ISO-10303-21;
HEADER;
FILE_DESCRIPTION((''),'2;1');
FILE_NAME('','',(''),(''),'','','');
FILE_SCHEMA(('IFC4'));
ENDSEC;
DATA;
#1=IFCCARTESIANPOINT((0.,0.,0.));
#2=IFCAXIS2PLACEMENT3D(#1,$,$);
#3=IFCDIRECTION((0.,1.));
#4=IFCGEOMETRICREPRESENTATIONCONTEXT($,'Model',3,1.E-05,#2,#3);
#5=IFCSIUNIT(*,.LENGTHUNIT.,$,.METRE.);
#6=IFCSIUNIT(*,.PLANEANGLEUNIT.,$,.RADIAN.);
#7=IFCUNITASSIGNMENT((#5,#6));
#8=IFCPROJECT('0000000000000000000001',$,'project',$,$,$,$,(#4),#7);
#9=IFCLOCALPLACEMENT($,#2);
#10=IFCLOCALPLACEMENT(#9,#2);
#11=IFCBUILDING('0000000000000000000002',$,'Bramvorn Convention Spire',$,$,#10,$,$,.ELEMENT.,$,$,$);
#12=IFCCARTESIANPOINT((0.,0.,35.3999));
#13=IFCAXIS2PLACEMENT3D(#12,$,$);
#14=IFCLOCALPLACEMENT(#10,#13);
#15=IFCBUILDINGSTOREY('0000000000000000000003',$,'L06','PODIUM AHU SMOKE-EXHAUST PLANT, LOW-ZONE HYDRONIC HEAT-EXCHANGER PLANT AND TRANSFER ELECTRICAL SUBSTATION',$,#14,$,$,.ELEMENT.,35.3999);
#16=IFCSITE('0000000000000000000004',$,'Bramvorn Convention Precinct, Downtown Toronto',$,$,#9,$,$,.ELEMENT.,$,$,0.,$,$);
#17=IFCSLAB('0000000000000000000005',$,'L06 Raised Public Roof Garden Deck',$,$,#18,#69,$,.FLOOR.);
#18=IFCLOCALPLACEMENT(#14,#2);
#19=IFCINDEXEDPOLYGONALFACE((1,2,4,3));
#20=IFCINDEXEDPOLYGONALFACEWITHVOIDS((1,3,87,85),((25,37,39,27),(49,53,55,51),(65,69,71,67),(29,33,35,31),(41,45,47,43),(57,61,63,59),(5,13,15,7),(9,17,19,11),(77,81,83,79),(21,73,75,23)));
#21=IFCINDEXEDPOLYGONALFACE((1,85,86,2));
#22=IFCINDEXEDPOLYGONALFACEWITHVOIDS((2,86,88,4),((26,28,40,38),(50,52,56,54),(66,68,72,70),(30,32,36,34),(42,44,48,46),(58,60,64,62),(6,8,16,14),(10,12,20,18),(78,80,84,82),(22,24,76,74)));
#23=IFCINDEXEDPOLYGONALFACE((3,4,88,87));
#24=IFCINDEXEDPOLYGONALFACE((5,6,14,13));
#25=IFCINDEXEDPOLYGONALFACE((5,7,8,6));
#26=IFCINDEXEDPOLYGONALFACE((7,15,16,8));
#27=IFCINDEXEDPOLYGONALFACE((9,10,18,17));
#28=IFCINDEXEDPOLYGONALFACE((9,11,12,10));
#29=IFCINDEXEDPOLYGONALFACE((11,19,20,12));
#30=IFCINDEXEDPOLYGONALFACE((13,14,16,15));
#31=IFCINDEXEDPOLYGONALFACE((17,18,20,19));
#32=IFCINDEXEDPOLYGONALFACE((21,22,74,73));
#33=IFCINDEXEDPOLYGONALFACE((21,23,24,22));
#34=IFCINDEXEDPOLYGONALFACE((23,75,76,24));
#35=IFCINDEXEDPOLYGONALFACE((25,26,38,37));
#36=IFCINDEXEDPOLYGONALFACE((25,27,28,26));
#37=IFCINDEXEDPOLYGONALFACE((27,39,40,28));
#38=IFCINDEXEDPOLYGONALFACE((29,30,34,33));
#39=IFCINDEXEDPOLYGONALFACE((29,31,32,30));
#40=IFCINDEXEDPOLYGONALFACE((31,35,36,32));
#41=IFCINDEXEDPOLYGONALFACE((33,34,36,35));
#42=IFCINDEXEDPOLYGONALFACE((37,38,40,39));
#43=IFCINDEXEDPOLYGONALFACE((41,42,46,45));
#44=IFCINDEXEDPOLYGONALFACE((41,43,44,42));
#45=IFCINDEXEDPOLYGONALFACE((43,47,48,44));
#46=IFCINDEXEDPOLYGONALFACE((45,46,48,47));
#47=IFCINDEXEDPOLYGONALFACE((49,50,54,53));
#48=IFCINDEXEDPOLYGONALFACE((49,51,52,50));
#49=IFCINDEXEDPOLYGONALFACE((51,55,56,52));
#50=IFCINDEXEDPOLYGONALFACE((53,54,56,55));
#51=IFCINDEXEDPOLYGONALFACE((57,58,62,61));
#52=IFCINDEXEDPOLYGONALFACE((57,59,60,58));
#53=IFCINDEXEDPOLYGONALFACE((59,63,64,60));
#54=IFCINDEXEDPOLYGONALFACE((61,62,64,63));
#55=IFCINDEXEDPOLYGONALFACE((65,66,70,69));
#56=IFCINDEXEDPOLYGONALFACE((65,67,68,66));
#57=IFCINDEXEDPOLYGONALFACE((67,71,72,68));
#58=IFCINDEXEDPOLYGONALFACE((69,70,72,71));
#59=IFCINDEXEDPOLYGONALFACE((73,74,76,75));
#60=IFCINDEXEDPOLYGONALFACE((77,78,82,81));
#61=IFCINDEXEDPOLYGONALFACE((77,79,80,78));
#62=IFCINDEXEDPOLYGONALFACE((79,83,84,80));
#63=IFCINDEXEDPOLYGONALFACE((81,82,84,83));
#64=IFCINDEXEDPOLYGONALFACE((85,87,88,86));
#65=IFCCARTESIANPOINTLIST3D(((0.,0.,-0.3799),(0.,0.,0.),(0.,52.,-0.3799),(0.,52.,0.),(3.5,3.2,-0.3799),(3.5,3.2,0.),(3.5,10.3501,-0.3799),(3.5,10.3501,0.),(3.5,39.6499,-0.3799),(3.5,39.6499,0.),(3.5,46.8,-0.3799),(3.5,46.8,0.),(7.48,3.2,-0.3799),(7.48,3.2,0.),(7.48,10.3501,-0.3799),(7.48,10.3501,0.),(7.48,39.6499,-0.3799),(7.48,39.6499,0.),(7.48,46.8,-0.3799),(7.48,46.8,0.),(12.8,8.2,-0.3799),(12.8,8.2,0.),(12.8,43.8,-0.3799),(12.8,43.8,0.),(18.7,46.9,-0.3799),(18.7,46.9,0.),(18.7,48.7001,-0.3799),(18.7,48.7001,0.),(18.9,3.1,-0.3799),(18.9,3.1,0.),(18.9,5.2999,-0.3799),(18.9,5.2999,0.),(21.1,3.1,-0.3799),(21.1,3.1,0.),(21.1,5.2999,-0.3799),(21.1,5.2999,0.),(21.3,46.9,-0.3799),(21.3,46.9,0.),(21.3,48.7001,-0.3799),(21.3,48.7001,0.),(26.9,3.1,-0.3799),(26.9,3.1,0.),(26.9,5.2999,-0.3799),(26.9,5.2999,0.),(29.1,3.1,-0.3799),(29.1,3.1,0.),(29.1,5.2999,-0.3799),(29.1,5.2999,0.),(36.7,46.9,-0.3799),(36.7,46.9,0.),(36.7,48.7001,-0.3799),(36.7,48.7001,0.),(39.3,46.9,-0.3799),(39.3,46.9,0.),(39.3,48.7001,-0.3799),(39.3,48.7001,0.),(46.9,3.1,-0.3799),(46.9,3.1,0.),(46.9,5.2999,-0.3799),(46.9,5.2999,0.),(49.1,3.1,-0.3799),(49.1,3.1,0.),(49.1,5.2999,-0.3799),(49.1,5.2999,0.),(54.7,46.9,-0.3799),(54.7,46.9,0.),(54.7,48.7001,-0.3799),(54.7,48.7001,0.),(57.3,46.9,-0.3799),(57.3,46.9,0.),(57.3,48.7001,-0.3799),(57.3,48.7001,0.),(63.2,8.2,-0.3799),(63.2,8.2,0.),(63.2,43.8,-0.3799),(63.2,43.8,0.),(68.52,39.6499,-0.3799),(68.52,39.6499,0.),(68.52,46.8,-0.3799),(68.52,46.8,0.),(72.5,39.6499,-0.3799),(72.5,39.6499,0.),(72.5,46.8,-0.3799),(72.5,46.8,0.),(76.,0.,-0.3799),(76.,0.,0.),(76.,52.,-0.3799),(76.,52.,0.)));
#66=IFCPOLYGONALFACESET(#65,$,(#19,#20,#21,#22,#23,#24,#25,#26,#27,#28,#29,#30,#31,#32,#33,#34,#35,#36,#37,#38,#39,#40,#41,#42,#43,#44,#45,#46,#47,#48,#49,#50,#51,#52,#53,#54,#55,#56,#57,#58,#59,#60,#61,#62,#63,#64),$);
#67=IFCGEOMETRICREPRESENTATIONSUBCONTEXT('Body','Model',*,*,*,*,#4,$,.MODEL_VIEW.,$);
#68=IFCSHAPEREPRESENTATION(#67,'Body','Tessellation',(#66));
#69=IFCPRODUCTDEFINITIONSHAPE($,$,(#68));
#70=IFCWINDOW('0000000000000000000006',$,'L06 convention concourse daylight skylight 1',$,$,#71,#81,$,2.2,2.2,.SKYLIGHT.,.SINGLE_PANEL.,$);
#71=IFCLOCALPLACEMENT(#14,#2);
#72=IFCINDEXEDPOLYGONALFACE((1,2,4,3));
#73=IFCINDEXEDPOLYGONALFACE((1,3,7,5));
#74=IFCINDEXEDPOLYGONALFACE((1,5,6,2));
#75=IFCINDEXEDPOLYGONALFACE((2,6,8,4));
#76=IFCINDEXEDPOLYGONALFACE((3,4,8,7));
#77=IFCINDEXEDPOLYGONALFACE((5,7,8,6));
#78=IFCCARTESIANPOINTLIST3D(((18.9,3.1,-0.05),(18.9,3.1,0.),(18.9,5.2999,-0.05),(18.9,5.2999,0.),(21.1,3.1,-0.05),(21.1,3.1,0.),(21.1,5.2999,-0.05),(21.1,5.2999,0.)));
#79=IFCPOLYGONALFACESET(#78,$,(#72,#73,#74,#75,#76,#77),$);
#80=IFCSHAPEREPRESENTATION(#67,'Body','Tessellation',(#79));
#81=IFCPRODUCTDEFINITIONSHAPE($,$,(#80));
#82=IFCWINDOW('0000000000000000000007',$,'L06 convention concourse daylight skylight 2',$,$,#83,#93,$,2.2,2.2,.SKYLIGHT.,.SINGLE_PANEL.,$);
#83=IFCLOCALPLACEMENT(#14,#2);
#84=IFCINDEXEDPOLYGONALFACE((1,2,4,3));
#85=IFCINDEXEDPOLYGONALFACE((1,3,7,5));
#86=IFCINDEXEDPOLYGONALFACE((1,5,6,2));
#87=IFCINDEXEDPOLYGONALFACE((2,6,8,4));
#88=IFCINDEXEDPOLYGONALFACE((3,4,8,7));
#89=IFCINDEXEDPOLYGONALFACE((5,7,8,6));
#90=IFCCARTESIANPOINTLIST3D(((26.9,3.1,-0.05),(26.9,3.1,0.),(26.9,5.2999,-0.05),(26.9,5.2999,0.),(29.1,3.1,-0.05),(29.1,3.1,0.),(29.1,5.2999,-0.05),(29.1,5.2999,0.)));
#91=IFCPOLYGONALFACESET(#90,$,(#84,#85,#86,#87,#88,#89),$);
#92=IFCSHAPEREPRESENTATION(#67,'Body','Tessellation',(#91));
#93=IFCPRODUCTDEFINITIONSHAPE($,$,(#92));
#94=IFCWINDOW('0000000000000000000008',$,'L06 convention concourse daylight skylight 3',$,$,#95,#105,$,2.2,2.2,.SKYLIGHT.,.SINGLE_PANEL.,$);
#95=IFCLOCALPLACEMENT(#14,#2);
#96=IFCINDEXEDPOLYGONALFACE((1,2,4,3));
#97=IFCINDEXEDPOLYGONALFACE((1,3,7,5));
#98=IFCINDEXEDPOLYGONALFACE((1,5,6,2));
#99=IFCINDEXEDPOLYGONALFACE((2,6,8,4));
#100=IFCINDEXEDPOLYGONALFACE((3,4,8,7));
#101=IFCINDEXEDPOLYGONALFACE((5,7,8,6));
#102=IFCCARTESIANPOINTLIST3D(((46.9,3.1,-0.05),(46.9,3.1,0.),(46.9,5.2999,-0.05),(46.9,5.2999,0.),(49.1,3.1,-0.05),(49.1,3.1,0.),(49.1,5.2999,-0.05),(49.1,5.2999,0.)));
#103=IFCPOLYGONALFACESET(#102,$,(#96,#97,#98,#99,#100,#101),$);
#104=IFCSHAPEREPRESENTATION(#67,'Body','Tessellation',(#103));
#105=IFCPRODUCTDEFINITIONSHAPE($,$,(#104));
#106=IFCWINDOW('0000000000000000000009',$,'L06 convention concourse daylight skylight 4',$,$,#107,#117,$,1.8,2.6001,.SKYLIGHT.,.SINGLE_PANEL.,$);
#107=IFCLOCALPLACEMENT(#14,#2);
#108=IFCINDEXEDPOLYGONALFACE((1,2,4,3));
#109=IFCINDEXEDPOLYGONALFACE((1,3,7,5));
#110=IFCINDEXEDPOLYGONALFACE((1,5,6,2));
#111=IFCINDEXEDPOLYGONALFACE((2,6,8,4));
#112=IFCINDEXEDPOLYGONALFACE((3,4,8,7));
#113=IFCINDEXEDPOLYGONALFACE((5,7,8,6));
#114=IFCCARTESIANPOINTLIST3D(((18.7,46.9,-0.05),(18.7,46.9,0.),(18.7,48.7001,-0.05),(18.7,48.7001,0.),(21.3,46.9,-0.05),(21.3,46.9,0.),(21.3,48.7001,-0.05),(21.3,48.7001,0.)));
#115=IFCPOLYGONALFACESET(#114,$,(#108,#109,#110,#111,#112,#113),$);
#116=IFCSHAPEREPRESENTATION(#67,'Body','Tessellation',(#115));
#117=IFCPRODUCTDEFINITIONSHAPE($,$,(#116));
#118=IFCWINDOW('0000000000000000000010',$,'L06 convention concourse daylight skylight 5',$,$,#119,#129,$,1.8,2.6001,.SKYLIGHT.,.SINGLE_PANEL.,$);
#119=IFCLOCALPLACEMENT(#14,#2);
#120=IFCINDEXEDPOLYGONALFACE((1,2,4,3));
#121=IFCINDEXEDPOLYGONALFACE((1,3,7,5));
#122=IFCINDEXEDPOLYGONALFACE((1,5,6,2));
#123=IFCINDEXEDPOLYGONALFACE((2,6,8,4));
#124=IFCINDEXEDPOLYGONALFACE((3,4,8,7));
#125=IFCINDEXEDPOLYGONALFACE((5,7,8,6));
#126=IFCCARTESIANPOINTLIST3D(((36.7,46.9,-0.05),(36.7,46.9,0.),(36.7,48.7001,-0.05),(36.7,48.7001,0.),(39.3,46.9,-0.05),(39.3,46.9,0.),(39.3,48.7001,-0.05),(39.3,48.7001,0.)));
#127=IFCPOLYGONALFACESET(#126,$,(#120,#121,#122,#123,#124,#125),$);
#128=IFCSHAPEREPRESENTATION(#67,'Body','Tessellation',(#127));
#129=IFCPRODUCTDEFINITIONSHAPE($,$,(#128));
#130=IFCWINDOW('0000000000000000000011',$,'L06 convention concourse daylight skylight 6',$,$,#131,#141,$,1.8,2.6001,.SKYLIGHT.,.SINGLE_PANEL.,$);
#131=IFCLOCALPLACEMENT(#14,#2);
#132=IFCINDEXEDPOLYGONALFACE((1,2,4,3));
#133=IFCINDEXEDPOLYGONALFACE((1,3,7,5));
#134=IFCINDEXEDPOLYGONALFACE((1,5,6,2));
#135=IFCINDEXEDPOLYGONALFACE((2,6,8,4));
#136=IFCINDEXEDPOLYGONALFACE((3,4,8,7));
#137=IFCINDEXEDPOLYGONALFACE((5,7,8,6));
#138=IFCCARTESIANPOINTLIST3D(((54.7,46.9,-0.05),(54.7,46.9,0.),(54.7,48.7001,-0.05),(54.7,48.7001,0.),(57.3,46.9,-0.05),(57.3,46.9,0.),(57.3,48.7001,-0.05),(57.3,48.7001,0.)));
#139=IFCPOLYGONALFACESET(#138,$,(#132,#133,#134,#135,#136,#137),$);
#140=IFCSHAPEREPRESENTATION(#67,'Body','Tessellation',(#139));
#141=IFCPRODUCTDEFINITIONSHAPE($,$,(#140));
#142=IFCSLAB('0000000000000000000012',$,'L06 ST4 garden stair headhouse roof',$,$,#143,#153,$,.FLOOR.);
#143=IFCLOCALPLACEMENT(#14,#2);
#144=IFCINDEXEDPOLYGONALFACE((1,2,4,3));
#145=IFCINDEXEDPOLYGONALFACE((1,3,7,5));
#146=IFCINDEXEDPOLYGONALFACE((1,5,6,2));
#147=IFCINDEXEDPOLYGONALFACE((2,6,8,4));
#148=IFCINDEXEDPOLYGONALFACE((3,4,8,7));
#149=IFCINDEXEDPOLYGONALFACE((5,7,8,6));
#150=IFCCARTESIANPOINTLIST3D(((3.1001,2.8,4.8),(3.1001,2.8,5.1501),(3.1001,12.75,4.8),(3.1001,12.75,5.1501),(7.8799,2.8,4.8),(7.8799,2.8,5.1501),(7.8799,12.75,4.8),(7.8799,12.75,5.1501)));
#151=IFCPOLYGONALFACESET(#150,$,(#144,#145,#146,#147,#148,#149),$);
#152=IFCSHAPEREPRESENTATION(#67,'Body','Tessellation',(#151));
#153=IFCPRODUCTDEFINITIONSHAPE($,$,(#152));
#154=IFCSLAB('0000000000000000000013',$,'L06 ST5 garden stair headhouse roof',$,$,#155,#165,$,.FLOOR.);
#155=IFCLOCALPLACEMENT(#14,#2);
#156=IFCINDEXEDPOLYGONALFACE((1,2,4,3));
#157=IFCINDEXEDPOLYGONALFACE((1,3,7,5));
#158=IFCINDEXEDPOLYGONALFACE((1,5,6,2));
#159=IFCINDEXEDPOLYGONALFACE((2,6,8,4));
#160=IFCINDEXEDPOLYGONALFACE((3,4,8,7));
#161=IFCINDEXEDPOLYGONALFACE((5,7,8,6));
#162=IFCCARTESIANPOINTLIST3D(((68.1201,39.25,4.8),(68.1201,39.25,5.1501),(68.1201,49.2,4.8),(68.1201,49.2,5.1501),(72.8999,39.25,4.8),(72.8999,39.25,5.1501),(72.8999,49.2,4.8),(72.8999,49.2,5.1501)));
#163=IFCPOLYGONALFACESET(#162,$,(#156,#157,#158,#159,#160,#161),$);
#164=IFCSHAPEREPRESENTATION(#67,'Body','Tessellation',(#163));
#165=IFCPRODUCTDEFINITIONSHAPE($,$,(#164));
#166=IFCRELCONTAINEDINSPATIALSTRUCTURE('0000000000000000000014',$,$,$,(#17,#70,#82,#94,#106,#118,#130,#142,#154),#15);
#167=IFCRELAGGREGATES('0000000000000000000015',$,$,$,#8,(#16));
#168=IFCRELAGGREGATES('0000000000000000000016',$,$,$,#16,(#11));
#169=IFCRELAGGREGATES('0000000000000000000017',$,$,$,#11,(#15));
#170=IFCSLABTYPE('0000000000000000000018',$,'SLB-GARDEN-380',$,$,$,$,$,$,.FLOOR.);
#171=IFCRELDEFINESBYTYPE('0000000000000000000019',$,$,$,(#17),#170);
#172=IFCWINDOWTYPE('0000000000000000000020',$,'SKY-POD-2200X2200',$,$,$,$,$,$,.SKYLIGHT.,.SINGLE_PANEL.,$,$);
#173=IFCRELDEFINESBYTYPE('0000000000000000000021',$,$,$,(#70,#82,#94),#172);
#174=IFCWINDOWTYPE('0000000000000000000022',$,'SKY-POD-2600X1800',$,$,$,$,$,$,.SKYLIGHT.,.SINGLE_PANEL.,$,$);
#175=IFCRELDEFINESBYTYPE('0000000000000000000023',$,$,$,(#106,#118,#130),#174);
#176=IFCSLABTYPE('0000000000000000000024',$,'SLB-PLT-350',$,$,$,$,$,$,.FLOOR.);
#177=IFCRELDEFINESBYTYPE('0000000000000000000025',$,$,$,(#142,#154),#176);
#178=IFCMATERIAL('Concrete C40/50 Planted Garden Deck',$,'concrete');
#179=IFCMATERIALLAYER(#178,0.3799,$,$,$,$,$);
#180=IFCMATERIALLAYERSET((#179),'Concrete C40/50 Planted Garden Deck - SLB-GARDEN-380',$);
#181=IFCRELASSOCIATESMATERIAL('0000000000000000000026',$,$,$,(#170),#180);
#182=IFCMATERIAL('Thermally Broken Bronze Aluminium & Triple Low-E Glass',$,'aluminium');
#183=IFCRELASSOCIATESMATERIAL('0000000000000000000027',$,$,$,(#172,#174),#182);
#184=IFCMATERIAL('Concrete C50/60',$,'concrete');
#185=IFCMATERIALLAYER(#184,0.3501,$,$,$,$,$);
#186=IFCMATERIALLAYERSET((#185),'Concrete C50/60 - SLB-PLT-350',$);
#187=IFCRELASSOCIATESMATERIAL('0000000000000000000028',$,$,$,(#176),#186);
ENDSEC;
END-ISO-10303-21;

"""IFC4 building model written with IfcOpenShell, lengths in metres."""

from ifc_helpers import new_model, si_unit, direction, frame, origin, origin_2d, place, context, subcontext, project, spatial, polyline, rectangle, outline, extrude, material, layer, layer_set, type_object, element, fill, save


model = new_model("IFC4")

# Units and contexts
model_context = context("Model", 3, precision=1e-05, world=origin(), true_north=direction((0.0, 1.0)))
body_context = subcontext(model_context, "Body", "Model", "MODEL_VIEW")
ifc_project = project(units=[si_unit("LENGTHUNIT", "METRE"), si_unit("PLANEANGLEUNIT", "RADIAN")], contexts=[model_context])

# Site, building, storey
site_placement = place(None, origin())
site = spatial("IfcSite", under=ifc_project, at=site_placement, Name="Bramvorn Convention Precinct, Downtown Toronto", CompositionType="ELEMENT", RefElevation=0.0)
building_placement = place(site_placement, origin())
building = spatial("IfcBuilding", under=site, at=building_placement, Name="Bramvorn Convention Spire", CompositionType="ELEMENT")
storey_placement = place(building_placement, frame((0.0, 0.0, 35.3999)))
storey = spatial("IfcBuildingStorey", under=building, at=storey_placement, Name="L06", Description="PODIUM AHU SMOKE-EXHAUST PLANT, LOW-ZONE HYDRONIC HEAT-EXCHANGER PLANT AND TRANSFER ELECTRICAL SUBSTATION", CompositionType="ELEMENT", Elevation=35.3999)

# Slab, openings, windows
ifc_material_1 = material(Name="Concrete C40/50 Planted Garden Deck", Category="concrete")
ifc_layer_1 = layer(ifc_material_1, 0.3799)
ifc_layer_set_1 = layer_set([ifc_layer_1], Name="Concrete C40/50 Planted Garden Deck - SLB-GARDEN-380")
slab_type_1 = type_object("IfcSlabType", Name="SLB-GARDEN-380", PredefinedType="FLOOR", material=ifc_layer_set_1)
slab_1_placement = place(storey_placement, frame((0.0, 0.0, -0.3799)))
slab_1 = element("IfcSlab", 1, at=slab_1_placement, inside=storey, type_object=slab_type_1, Name="L06 Raised Public Roof Garden Deck", PredefinedType="FLOOR", context=body_context, shape_type="SweptSolid", body=[
    extrude(outline(polyline([(0.0, 0.0), (76.0, 0.0), (76.0, 52.0), (0.0, 52.0), (0.0, 0.0)]), holes=[polyline([(12.8, 8.2), (63.2, 8.2), (63.2, 43.8), (12.8, 43.8), (12.8, 8.2)]), polyline([(3.5, 10.3501), (3.5, 3.2), (7.48, 3.2), (7.48, 10.3501), (3.5, 10.3501)]), polyline([(68.52, 46.8), (68.52, 39.6499), (72.5, 39.6499), (72.5, 46.8), (68.52, 46.8)]), polyline([(3.5, 46.8), (3.5, 39.6499), (7.48, 39.6499), (7.48, 46.8), (3.5, 46.8)])]), origin(), (0.0, 0.0, 1.0), 0.3799),
])
opening_1_placement = place(slab_1_placement, frame((20.0, 4.2, 0.0)))
opening_1 = element("IfcOpeningElement", 2, at=opening_1_placement, cuts=slab_1, PredefinedType="OPENING", context=body_context, shape_type="SweptSolid", body=[
    extrude(rectangle(XDim=2.2, YDim=2.2, at=origin_2d()), frame((0.0, 0.0, -0.01)), (0.0, 0.0, 1.0), 0.3999),
])
opening_2_placement = place(slab_1_placement, frame((28.0, 4.2, 0.0)))
opening_2 = element("IfcOpeningElement", 3, at=opening_2_placement, cuts=slab_1, PredefinedType="OPENING", context=body_context, shape_type="SweptSolid", body=[
    extrude(rectangle(XDim=2.2, YDim=2.2, at=origin_2d()), frame((0.0, 0.0, -0.01)), (0.0, 0.0, 1.0), 0.3999),
])
opening_3_placement = place(slab_1_placement, frame((48.0, 4.2, 0.0)))
opening_3 = element("IfcOpeningElement", 4, at=opening_3_placement, cuts=slab_1, PredefinedType="OPENING", context=body_context, shape_type="SweptSolid", body=[
    extrude(rectangle(XDim=2.2, YDim=2.2, at=origin_2d()), frame((0.0, 0.0, -0.01)), (0.0, 0.0, 1.0), 0.3999),
])
opening_4_placement = place(slab_1_placement, frame((20.0, 47.8, 0.0)))
opening_4 = element("IfcOpeningElement", 5, at=opening_4_placement, cuts=slab_1, PredefinedType="OPENING", context=body_context, shape_type="SweptSolid", body=[
    extrude(rectangle(XDim=2.6001, YDim=1.8, at=origin_2d()), frame((0.0, 0.0, -0.01)), (0.0, 0.0, 1.0), 0.3999),
])
opening_5_placement = place(slab_1_placement, frame((38.0, 47.8, 0.0)))
opening_5 = element("IfcOpeningElement", 6, at=opening_5_placement, cuts=slab_1, PredefinedType="OPENING", context=body_context, shape_type="SweptSolid", body=[
    extrude(rectangle(XDim=2.6001, YDim=1.8, at=origin_2d()), frame((0.0, 0.0, -0.01)), (0.0, 0.0, 1.0), 0.3999),
])
opening_6_placement = place(slab_1_placement, frame((56.0, 47.8, 0.0)))
opening_6 = element("IfcOpeningElement", 7, at=opening_6_placement, cuts=slab_1, PredefinedType="OPENING", context=body_context, shape_type="SweptSolid", body=[
    extrude(rectangle(XDim=2.6001, YDim=1.8, at=origin_2d()), frame((0.0, 0.0, -0.01)), (0.0, 0.0, 1.0), 0.3999),
])
ifc_material_2 = material(Name="Thermally Broken Bronze Aluminium & Triple Low-E Glass", Category="aluminium")
window_type_1 = type_object("IfcWindowType", Name="SKY-POD-2200X2200", PartitioningType="SINGLE_PANEL", PredefinedType="SKYLIGHT", material=ifc_material_2)
window_1_placement = place(opening_1_placement, frame((0.0, 0.0, 0.3298)))
window_1 = element("IfcWindow", 8, at=window_1_placement, inside=storey, type_object=window_type_1, Name="L06 convention concourse daylight skylight 1", OverallHeight=2.2, OverallWidth=2.2, PartitioningType="SINGLE_PANEL", PredefinedType="SKYLIGHT", context=body_context, shape_type="SweptSolid", body=[
    extrude(rectangle(XDim=2.2, YDim=2.2, at=origin_2d()), origin(), (0.0, 0.0, 1.0), 0.05),
])
fill(opening_1, window_1)
window_2_placement = place(opening_2_placement, frame((0.0, 0.0, 0.3298)))
window_2 = element("IfcWindow", 9, at=window_2_placement, inside=storey, type_object=window_type_1, Name="L06 convention concourse daylight skylight 2", OverallHeight=2.2, OverallWidth=2.2, PartitioningType="SINGLE_PANEL", PredefinedType="SKYLIGHT", context=body_context, shape_type="SweptSolid", body=[
    extrude(rectangle(XDim=2.2, YDim=2.2, at=origin_2d()), origin(), (0.0, 0.0, 1.0), 0.05),
])
fill(opening_2, window_2)
window_3_placement = place(opening_3_placement, frame((0.0, 0.0, 0.3298)))
window_3 = element("IfcWindow", 10, at=window_3_placement, inside=storey, type_object=window_type_1, Name="L06 convention concourse daylight skylight 3", OverallHeight=2.2, OverallWidth=2.2, PartitioningType="SINGLE_PANEL", PredefinedType="SKYLIGHT", context=body_context, shape_type="SweptSolid", body=[
    extrude(rectangle(XDim=2.2, YDim=2.2, at=origin_2d()), origin(), (0.0, 0.0, 1.0), 0.05),
])
fill(opening_3, window_3)
window_type_2 = type_object("IfcWindowType", Name="SKY-POD-2600X1800", PartitioningType="SINGLE_PANEL", PredefinedType="SKYLIGHT", material=ifc_material_2)
window_4_placement = place(opening_4_placement, frame((0.0, 0.0, 0.3298)))
window_4 = element("IfcWindow", 11, at=window_4_placement, inside=storey, type_object=window_type_2, Name="L06 convention concourse daylight skylight 4", OverallHeight=1.8, OverallWidth=2.6001, PartitioningType="SINGLE_PANEL", PredefinedType="SKYLIGHT", context=body_context, shape_type="SweptSolid", body=[
    extrude(rectangle(XDim=2.6001, YDim=1.8, at=origin_2d()), origin(), (0.0, 0.0, 1.0), 0.05),
])
fill(opening_4, window_4)
window_5_placement = place(opening_5_placement, frame((0.0, 0.0, 0.3298)))
window_5 = element("IfcWindow", 12, at=window_5_placement, inside=storey, type_object=window_type_2, Name="L06 convention concourse daylight skylight 5", OverallHeight=1.8, OverallWidth=2.6001, PartitioningType="SINGLE_PANEL", PredefinedType="SKYLIGHT", context=body_context, shape_type="SweptSolid", body=[
    extrude(rectangle(XDim=2.6001, YDim=1.8, at=origin_2d()), origin(), (0.0, 0.0, 1.0), 0.05),
])
fill(opening_5, window_5)
window_6_placement = place(opening_6_placement, frame((0.0, 0.0, 0.3298)))
window_6 = element("IfcWindow", 13, at=window_6_placement, inside=storey, type_object=window_type_2, Name="L06 convention concourse daylight skylight 6", OverallHeight=1.8, OverallWidth=2.6001, PartitioningType="SINGLE_PANEL", PredefinedType="SKYLIGHT", context=body_context, shape_type="SweptSolid", body=[
    extrude(rectangle(XDim=2.6001, YDim=1.8, at=origin_2d()), origin(), (0.0, 0.0, 1.0), 0.05),
])
fill(opening_6, window_6)

# Slabs
ifc_material_3 = material(Name="Concrete C50/60", Category="concrete")
ifc_layer_2 = layer(ifc_material_3, 0.3501)
ifc_layer_set_2 = layer_set([ifc_layer_2], Name="Concrete C50/60 - SLB-PLT-350")
slab_type_2 = type_object("IfcSlabType", Name="SLB-PLT-350", PredefinedType="FLOOR", material=ifc_layer_set_2)
slab_2_placement = place(storey_placement, frame((0.0, 0.0, 4.8)))
element("IfcSlab", 14, at=slab_2_placement, inside=storey, type_object=slab_type_2, Name="L06 ST4 garden stair headhouse roof", PredefinedType="FLOOR", context=body_context, shape_type="SweptSolid", body=[
    extrude(outline(polyline([(3.1001, 2.8), (7.8799, 2.8), (7.8799, 12.75), (3.1001, 12.75), (3.1001, 2.8)])), origin(), (0.0, 0.0, 1.0), 0.3501),
])
slab_3_placement = place(storey_placement, frame((0.0, 0.0, 4.8)))
element("IfcSlab", 15, at=slab_3_placement, inside=storey, type_object=slab_type_2, Name="L06 ST5 garden stair headhouse roof", PredefinedType="FLOOR", context=body_context, shape_type="SweptSolid", body=[
    extrude(outline(polyline([(68.1201, 39.25), (72.8999, 39.25), (72.8999, 49.2), (68.1201, 49.2), (68.1201, 39.25)])), origin(), (0.0, 0.0, 1.0), 0.3501),
])

save(model, "model.ifc")
